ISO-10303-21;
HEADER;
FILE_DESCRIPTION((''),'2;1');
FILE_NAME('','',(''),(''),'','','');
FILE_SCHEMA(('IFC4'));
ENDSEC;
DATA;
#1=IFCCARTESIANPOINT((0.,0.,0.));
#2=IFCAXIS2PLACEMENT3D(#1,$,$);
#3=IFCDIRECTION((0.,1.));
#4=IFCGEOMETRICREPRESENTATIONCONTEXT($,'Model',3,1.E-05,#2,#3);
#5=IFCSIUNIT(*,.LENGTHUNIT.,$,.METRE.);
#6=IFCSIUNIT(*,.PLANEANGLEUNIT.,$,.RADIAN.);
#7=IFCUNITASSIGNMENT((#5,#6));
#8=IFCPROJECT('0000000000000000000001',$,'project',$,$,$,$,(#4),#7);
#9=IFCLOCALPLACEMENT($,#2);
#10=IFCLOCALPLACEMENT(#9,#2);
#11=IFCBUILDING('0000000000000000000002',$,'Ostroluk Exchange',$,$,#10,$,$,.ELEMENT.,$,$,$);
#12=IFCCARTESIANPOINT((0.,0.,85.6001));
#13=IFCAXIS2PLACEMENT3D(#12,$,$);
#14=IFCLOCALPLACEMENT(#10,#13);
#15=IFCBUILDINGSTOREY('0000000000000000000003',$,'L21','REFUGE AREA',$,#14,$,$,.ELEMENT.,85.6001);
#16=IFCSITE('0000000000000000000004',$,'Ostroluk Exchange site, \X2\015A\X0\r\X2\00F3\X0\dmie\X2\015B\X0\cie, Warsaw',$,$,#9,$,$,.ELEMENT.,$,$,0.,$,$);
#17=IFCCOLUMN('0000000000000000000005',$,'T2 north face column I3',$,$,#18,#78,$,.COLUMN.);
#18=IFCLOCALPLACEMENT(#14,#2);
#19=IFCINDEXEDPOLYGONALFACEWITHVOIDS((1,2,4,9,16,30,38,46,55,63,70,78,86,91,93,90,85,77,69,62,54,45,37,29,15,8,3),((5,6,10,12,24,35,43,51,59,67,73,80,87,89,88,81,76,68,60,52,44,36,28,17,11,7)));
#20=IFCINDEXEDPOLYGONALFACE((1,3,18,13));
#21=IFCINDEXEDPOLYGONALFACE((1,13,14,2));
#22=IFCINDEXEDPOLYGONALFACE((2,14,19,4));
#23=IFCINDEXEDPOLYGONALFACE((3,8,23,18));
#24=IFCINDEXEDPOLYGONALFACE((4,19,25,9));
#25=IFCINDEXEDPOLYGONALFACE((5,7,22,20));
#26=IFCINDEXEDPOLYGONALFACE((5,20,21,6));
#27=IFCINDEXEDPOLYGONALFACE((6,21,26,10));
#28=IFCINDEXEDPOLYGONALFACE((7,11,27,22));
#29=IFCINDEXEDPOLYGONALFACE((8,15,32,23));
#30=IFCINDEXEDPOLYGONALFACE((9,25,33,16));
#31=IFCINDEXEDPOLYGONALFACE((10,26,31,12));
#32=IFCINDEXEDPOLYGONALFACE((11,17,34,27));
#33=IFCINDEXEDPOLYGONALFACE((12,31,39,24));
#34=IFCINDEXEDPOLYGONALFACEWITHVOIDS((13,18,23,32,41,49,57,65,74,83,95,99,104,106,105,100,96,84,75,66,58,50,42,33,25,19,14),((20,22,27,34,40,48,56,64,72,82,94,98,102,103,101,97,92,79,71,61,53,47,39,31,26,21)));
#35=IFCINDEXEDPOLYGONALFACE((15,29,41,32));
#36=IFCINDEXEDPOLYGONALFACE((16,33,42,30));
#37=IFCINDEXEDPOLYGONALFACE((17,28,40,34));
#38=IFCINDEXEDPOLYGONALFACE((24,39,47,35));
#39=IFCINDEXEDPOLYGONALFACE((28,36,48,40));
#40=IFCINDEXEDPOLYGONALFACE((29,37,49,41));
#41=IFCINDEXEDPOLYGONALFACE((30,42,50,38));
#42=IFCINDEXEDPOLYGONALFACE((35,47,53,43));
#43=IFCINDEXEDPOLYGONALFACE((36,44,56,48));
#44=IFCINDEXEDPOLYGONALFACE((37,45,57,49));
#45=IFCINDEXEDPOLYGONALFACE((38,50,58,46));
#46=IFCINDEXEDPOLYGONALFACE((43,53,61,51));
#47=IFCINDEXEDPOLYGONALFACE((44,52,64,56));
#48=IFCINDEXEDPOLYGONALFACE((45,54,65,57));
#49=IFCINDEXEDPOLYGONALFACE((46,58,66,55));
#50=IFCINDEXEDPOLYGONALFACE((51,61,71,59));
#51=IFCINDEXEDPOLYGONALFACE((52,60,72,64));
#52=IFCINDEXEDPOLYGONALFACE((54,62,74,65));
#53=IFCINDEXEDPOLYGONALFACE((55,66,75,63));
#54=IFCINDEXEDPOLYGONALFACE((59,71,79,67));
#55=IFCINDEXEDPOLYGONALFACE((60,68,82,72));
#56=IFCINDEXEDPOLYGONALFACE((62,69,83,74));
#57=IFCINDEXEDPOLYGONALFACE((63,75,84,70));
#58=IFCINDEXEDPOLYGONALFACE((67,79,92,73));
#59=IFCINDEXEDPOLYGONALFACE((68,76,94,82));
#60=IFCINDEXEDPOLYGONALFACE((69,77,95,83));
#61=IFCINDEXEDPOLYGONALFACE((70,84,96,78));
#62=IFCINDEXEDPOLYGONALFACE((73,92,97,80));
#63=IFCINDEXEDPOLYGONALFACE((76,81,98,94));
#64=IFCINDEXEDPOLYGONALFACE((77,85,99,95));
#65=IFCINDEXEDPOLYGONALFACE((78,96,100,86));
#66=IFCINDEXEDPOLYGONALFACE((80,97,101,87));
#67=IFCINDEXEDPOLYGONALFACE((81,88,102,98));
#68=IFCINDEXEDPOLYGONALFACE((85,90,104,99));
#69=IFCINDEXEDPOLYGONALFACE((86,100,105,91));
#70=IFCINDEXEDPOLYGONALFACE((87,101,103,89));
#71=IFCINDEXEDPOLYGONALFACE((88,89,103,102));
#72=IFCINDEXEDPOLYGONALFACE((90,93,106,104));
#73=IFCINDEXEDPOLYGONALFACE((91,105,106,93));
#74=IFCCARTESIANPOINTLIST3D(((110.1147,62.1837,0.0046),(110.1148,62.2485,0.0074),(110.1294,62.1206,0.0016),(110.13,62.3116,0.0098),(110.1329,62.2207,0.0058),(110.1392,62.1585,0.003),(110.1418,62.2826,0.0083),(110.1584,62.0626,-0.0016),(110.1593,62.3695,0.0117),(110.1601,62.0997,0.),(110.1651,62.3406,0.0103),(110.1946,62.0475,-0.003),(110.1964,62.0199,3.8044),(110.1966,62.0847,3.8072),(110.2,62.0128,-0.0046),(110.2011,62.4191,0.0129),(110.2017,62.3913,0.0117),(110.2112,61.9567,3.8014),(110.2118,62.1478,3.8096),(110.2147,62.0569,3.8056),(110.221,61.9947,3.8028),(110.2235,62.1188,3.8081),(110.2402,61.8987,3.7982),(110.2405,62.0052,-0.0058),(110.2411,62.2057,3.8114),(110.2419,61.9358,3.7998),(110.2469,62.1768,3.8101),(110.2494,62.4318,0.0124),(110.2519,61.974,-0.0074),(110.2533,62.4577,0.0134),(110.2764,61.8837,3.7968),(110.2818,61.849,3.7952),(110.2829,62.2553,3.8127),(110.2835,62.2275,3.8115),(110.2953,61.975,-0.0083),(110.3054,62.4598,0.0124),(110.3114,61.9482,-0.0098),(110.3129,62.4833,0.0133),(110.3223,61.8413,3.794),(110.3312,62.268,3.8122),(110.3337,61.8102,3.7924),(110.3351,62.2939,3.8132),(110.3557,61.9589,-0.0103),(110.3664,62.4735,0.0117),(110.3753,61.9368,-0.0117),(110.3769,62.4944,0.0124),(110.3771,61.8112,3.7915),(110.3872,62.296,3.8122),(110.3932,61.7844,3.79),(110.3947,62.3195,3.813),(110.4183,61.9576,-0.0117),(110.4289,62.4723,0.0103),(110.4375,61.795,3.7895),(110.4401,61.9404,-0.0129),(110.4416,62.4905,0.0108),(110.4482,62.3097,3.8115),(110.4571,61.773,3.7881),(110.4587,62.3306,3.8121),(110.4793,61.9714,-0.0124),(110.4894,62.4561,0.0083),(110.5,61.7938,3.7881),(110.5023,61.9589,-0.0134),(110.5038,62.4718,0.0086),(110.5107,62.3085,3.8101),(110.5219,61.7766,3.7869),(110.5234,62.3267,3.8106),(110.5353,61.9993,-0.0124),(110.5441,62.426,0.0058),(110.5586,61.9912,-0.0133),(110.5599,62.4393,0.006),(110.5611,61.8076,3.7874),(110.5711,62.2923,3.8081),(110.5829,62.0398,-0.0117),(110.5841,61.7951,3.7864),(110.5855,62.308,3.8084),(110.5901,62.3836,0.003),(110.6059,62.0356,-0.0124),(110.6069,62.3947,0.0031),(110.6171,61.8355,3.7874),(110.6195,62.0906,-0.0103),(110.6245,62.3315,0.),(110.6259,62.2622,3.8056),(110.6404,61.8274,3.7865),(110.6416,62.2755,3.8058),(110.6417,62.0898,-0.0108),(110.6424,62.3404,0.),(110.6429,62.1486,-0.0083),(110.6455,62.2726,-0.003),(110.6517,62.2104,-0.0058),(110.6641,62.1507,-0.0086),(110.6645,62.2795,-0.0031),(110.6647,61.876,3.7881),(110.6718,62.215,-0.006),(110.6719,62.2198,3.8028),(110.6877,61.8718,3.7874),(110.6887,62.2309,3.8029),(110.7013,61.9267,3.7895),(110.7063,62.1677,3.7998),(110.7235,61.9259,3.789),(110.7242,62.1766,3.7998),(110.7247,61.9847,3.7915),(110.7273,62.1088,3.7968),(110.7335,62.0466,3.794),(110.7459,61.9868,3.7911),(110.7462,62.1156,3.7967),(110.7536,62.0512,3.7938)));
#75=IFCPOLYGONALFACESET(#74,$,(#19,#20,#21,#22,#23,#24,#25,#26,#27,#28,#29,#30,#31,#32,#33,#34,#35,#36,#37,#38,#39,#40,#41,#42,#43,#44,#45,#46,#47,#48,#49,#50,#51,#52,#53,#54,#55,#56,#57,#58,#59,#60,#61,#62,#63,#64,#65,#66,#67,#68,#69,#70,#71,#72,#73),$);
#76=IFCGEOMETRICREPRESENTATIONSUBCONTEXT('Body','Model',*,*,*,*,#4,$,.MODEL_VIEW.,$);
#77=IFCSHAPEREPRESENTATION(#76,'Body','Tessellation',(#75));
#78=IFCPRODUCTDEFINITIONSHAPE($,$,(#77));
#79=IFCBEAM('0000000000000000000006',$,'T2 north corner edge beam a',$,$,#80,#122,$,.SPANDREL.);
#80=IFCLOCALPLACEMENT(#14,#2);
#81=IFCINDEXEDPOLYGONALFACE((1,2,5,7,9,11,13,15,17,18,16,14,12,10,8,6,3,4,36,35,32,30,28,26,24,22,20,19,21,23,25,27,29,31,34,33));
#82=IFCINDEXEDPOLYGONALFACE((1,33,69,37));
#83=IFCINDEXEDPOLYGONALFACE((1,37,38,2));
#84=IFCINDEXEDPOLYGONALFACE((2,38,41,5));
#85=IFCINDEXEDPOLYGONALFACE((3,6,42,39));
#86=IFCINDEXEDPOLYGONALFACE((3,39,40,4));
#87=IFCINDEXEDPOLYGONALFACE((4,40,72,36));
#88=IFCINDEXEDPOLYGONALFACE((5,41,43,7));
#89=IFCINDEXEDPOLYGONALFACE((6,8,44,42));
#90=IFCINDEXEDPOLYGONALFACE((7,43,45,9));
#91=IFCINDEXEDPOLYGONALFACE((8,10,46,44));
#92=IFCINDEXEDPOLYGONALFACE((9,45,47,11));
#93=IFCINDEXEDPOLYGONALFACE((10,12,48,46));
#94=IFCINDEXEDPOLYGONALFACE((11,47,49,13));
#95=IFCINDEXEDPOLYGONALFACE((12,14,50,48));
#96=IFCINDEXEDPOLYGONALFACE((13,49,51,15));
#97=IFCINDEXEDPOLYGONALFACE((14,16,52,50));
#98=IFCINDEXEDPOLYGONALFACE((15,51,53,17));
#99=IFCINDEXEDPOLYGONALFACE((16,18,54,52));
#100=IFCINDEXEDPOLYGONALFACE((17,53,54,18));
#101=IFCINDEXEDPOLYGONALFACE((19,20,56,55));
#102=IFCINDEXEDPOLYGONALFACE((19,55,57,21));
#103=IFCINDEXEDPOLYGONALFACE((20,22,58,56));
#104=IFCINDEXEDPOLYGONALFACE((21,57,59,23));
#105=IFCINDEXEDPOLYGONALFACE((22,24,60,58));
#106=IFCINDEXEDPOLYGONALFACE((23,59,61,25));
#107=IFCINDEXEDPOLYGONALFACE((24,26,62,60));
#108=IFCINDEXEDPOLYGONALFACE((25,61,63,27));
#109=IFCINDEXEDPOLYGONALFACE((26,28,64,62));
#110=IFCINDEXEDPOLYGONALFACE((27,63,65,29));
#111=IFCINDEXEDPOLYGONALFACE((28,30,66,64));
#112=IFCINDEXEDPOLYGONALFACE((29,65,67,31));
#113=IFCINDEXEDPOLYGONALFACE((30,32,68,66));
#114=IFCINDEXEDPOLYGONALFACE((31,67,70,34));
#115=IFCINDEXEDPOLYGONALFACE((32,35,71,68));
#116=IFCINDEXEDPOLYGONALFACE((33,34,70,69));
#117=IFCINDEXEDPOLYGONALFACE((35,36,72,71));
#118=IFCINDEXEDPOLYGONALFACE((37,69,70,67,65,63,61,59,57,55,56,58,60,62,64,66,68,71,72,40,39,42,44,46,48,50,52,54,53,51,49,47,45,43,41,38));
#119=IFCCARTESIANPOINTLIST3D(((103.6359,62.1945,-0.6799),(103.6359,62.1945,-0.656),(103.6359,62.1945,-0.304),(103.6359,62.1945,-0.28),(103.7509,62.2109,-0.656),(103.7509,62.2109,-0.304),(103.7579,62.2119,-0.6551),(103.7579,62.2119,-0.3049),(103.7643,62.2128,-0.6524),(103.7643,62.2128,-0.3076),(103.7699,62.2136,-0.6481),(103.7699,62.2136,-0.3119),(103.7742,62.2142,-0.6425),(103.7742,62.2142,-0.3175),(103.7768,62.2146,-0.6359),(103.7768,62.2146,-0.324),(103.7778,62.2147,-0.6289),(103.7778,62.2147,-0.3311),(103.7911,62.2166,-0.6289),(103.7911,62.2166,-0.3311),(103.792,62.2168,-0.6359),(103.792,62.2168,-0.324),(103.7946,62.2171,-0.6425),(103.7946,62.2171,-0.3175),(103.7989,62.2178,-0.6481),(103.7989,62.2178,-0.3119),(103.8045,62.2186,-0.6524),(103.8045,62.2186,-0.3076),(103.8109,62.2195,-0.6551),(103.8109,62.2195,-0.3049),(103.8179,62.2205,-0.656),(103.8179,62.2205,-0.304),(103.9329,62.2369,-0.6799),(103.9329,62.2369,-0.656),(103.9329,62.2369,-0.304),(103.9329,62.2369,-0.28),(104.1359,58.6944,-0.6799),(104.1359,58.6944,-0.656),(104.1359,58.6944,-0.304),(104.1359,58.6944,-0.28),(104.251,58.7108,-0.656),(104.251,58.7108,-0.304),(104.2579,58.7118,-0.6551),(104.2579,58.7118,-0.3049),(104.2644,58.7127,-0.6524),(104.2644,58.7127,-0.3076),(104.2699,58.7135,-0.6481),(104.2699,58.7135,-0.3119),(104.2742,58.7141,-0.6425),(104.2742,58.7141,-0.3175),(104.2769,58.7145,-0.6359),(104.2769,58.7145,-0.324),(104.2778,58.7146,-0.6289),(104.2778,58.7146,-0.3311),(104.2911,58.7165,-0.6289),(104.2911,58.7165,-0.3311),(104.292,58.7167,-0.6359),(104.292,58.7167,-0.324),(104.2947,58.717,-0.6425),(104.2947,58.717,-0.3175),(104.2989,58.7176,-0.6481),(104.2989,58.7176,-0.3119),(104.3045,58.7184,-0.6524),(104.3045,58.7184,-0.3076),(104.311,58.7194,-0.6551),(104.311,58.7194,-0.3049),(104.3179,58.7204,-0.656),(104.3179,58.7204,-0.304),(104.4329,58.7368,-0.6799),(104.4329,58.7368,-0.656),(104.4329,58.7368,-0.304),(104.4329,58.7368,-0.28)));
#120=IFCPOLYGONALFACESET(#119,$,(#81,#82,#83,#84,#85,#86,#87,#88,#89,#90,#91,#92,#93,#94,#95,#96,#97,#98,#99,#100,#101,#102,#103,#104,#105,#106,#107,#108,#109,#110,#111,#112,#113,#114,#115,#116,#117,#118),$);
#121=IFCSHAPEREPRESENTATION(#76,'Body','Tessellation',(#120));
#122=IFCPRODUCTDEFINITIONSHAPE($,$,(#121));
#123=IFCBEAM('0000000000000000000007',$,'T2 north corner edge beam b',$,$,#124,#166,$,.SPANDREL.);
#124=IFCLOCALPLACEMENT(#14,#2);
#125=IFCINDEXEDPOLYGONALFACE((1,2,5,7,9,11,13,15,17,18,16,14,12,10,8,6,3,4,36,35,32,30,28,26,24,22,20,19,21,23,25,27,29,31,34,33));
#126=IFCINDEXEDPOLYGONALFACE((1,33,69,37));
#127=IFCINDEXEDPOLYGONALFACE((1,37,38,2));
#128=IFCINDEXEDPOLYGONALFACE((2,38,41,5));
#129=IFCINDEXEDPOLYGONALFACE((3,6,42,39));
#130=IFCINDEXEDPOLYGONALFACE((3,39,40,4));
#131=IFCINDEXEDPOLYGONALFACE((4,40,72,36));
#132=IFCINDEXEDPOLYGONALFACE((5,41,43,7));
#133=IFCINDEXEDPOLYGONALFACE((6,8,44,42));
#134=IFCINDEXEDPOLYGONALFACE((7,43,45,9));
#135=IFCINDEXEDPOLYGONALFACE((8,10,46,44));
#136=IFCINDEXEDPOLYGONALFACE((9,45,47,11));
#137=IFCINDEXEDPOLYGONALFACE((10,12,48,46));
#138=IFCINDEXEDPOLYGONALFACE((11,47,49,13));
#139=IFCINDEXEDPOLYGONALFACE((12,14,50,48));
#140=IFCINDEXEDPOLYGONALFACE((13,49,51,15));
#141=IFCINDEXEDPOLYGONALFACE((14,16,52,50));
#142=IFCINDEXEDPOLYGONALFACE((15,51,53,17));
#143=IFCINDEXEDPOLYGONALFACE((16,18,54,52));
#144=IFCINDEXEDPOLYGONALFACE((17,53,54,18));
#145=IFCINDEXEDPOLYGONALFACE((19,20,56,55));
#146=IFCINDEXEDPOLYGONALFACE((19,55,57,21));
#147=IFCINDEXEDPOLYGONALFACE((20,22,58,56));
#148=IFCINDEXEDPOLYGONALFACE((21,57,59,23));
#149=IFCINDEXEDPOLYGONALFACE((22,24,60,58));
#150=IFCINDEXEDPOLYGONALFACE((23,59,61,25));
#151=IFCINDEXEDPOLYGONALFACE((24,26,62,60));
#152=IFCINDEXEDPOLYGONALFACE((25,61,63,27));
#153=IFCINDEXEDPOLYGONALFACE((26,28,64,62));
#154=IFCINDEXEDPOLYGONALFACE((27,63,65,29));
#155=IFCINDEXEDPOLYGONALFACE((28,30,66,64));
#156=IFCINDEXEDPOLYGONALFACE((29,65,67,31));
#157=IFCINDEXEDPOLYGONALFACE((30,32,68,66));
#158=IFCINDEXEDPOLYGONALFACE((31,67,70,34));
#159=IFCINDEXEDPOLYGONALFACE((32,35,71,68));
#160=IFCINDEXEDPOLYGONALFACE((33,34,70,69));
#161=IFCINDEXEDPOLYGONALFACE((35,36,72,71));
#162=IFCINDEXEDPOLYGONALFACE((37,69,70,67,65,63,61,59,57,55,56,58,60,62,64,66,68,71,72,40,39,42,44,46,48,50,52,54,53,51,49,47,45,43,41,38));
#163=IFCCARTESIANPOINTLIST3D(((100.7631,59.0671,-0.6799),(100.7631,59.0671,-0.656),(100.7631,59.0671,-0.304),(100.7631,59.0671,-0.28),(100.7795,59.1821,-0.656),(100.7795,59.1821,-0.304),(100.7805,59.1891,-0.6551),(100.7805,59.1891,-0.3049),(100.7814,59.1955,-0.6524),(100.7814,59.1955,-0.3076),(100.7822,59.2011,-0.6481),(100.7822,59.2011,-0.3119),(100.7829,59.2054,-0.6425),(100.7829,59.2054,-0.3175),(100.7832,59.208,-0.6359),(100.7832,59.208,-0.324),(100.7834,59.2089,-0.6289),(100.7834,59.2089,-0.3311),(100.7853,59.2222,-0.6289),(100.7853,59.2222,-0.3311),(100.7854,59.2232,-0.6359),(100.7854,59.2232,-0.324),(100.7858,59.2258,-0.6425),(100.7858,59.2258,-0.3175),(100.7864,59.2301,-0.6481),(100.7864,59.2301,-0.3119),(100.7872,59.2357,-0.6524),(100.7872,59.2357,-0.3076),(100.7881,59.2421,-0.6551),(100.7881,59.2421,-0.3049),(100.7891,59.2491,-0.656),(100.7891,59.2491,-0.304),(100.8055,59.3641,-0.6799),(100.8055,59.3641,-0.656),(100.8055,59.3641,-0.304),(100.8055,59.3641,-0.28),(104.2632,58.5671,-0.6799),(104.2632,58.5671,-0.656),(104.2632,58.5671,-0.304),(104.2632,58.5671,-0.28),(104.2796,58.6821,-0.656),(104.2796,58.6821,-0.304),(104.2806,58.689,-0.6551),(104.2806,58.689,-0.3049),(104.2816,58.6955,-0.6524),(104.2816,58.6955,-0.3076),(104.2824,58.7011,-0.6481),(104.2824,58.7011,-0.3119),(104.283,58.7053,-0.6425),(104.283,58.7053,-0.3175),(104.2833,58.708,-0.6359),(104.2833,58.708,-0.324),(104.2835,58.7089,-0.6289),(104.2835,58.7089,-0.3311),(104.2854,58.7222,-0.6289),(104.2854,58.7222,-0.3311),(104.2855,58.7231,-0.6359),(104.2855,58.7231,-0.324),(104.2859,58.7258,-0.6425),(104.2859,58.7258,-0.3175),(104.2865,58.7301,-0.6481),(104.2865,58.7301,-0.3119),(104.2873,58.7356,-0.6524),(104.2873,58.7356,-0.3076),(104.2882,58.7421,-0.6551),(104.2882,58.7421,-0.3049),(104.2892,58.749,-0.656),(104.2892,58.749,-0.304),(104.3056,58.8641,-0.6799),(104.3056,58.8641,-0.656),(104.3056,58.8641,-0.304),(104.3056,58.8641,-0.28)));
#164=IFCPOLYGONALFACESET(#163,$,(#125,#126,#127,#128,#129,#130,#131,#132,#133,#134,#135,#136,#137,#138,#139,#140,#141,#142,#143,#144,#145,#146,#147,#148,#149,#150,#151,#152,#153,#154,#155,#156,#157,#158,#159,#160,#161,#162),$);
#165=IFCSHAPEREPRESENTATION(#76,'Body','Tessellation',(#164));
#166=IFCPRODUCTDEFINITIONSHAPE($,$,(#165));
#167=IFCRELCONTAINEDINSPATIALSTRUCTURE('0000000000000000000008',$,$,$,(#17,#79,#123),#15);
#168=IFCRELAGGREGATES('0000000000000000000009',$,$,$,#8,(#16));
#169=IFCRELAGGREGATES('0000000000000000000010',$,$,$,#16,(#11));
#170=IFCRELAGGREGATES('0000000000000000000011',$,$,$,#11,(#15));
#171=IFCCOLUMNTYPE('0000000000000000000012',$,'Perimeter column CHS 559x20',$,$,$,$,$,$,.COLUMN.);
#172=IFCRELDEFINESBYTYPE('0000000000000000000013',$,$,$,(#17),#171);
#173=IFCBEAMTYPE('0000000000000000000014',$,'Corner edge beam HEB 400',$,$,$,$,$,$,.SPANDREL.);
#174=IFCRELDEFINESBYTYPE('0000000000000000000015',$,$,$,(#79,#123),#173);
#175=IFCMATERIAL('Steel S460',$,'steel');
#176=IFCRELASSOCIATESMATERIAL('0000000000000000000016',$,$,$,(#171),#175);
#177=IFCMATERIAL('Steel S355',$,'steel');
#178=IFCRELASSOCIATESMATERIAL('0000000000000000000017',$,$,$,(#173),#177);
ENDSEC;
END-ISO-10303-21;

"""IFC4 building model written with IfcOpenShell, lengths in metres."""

from ifc_helpers import new_model, si_unit, direction, frame, origin, origin_2d, place, context, subcontext, project, spatial, hollow_circle, i_section, extrude, material, material_profile, profile_set, type_object, element, save


model = new_model("IFC4")

# Units and contexts
model_context = context("Model", 3, precision=1e-05, world=origin(), true_north=direction((0.0, 1.0)))
body_context = subcontext(model_context, "Body", "Model", "MODEL_VIEW")
ifc_project = project(units=[si_unit("LENGTHUNIT", "METRE"), si_unit("PLANEANGLEUNIT", "RADIAN")], contexts=[model_context])

# Site, building, storey
site_placement = place(None, origin())
site = spatial("IfcSite", under=ifc_project, at=site_placement, Name="Ostroluk Exchange site, Śródmieście, Warsaw", CompositionType="ELEMENT", RefElevation=0.0)
building_placement = place(site_placement, origin())
building = spatial("IfcBuilding", under=site, at=building_placement, Name="Ostroluk Exchange", CompositionType="ELEMENT")
storey_placement = place(building_placement, frame((0.0, 0.0, 85.6001)))
storey = spatial("IfcBuildingStorey", under=building, at=storey_placement, Name="L21", Description="REFUGE AREA", CompositionType="ELEMENT", Elevation=85.6001)

# Column
ifc_material_1 = material(Name="Steel S460", Category="steel")
ifc_material_profile_1 = material_profile(ifc_material_1, hollow_circle(Radius=0.2795, WallThickness=0.02, at=origin_2d()), Name="CHS 559x20")
ifc_profile_set_1 = profile_set([ifc_material_profile_1], Name="Steel S460")
column_type_1 = type_object("IfcColumnType", Name="Perimeter column CHS 559x20", PredefinedType="COLUMN", material=ifc_profile_set_1)
column_1_placement = place(storey_placement, frame((110.3923, 62.2156, 0.0), z_axis=(0.021499, -0.043062, 0.998841), x_axis=(0.894694, 0.44668, 0.0)))
element("IfcColumn", 1, at=column_1_placement, inside=storey, type_object=column_type_1, Name="T2 north face column I3", PredefinedType="COLUMN", context=body_context, shape_type="SweptSolid", body=[
    extrude(hollow_circle(Radius=0.2795, WallThickness=0.02, at=origin_2d()), origin(), (0.0, 0.0, 1.0), 3.8042),
])

# Beams
ifc_material_2 = material(Name="Steel S355", Category="steel")
ifc_material_profile_2 = material_profile(ifc_material_2, i_section(OverallWidth=0.3, OverallDepth=0.3999, WebThickness=0.0134, FlangeThickness=0.0239, FilletRadius=0.0271, at=origin_2d()), Name="HEB 400")
ifc_profile_set_2 = profile_set([ifc_material_profile_2], Name="Steel S355")
beam_type_1 = type_object("IfcBeamType", Name="Corner edge beam HEB 400", PredefinedType="SPANDREL", material=ifc_profile_set_2)
for number, where, z_axis, x_axis, name in (
    (2, (104.2844, 58.7156, -0.48), (-0.141421, 0.989949, 0.0), (-0.989949, -0.141421, 0.0), "T2 north corner edge beam a"),
    (3, (104.2844, 58.7156, -0.48), (-0.989949, 0.141421, 0.0), (-0.141421, -0.989949, 0.0), "T2 north corner edge beam b"),
):
    element("IfcBeam", number, at=place(storey_placement, frame(where, z_axis=z_axis, x_axis=x_axis)), inside=storey, type_object=beam_type_1, Name=name, PredefinedType="SPANDREL", context=body_context, shape_type="SweptSolid", body=[
        extrude(i_section(OverallWidth=0.3, OverallDepth=0.3999, WebThickness=0.0134, FlangeThickness=0.0239, FilletRadius=0.0271, at=origin_2d()), origin(), (0.0, 0.0, 1.0), 3.5356),
    ])

save(model, "model.ifc")
